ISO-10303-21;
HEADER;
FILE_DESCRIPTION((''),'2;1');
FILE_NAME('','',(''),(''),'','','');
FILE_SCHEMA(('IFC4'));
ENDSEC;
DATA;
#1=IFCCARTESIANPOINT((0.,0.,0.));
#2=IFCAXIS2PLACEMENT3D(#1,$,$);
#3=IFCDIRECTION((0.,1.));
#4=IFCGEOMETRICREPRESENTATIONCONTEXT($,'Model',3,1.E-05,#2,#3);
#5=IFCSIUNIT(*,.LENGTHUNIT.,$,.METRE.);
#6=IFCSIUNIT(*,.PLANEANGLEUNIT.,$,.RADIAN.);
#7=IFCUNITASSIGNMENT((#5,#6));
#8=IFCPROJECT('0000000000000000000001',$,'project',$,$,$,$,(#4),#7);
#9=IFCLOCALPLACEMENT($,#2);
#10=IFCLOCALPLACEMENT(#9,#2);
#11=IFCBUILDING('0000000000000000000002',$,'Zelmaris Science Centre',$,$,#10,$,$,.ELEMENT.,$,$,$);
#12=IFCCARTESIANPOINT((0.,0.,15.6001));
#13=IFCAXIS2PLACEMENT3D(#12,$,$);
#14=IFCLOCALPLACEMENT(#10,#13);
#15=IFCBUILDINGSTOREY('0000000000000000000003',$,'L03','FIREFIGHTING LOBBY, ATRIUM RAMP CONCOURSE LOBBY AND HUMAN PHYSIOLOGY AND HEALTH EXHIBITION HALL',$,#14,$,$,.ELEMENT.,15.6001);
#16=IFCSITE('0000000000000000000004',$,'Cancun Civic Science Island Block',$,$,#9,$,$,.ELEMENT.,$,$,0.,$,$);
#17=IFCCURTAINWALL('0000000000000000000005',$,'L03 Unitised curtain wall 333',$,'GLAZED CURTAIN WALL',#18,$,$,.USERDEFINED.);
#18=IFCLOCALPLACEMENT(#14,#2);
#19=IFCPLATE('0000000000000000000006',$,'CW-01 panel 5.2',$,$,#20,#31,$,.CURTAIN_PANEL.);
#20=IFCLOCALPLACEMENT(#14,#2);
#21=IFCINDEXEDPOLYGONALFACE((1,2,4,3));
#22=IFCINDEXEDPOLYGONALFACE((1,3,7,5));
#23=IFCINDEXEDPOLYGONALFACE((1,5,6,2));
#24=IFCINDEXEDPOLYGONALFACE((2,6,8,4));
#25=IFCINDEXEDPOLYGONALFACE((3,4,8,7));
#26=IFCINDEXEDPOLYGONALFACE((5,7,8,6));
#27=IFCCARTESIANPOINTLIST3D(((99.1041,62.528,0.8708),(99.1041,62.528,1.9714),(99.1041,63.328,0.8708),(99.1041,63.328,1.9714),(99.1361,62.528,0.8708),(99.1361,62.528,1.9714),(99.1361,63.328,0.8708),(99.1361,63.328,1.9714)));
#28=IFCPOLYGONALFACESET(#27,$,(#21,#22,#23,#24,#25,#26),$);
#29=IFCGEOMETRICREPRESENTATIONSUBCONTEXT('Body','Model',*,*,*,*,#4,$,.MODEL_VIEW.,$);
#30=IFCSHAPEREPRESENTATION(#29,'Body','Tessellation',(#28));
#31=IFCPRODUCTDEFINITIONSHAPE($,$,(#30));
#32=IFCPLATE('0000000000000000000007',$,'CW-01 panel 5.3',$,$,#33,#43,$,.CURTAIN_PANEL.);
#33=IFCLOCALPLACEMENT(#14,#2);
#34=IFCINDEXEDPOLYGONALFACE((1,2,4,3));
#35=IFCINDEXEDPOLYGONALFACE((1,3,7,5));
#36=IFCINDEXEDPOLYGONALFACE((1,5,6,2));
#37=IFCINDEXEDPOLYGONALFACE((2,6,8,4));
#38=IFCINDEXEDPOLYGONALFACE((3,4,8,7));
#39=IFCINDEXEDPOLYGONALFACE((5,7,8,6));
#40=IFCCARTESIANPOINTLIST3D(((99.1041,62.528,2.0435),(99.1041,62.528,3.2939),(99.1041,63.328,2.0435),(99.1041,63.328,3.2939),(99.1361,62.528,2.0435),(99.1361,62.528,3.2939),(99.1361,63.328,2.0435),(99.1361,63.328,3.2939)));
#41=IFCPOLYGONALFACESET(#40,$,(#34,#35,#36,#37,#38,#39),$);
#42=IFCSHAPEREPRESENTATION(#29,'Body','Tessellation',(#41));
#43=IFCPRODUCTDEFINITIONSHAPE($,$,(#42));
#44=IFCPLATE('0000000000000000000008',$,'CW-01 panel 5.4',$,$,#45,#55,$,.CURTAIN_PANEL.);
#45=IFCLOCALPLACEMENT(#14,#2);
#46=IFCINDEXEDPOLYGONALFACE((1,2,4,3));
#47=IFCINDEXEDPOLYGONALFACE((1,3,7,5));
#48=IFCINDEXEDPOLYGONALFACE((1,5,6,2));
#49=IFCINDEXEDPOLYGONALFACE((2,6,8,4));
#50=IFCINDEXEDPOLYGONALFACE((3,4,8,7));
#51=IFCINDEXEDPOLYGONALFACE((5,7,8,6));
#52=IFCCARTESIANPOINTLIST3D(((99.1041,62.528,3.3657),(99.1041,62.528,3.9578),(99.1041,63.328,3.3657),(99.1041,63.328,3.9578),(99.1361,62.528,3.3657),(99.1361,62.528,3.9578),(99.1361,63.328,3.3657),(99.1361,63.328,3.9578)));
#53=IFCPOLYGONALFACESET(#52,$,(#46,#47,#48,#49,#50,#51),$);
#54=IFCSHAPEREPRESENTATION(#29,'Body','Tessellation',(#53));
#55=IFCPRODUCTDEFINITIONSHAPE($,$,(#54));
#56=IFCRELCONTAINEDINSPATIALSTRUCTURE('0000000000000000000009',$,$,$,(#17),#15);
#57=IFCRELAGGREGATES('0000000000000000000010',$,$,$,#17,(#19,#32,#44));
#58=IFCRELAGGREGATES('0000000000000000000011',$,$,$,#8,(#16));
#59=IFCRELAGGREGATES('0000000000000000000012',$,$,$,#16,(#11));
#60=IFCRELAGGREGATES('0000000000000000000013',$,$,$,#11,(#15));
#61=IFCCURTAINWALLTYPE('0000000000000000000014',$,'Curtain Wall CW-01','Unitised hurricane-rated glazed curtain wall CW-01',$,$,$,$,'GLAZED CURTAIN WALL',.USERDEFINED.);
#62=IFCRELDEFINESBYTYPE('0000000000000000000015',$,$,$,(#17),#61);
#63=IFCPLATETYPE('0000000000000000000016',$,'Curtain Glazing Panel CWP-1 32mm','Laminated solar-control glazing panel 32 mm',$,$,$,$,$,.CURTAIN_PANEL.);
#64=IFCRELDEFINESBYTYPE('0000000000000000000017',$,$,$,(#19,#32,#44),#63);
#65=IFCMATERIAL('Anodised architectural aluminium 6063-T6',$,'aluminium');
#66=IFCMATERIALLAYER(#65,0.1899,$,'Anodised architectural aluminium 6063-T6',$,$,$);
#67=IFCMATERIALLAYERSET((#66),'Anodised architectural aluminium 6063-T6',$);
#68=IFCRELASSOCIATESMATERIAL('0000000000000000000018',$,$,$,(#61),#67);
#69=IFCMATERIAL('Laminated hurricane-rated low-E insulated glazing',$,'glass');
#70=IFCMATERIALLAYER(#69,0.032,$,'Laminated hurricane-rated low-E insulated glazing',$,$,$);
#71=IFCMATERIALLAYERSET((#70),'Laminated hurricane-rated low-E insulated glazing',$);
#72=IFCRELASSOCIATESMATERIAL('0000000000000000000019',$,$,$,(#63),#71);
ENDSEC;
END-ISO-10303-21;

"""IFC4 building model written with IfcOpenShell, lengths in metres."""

from ifc_helpers import new_model, si_unit, direction, frame, origin, origin_2d, place, context, subcontext, project, spatial, rectangle, extrude, material, layer, layer_set, type_object, element, aggregate, save


model = new_model("IFC4")

# Units and contexts
model_context = context("Model", 3, precision=1e-05, world=origin(), true_north=direction((0.0, 1.0)))
body_context = subcontext(model_context, "Body", "Model", "MODEL_VIEW")
ifc_project = project(units=[si_unit("LENGTHUNIT", "METRE"), si_unit("PLANEANGLEUNIT", "RADIAN")], contexts=[model_context])

# Site, building, storey
site_placement = place(None, origin())
site = spatial("IfcSite", under=ifc_project, at=site_placement, Name="Cancun Civic Science Island Block", CompositionType="ELEMENT", RefElevation=0.0)
building_placement = place(site_placement, origin())
building = spatial("IfcBuilding", under=site, at=building_placement, Name="Zelmaris Science Centre", CompositionType="ELEMENT")
storey_placement = place(building_placement, frame((0.0, 0.0, 15.6001)))
storey = spatial("IfcBuildingStorey", under=building, at=storey_placement, Name="L03", Description="FIREFIGHTING LOBBY, ATRIUM RAMP CONCOURSE LOBBY AND HUMAN PHYSIOLOGY AND HEALTH EXHIBITION HALL", CompositionType="ELEMENT", Elevation=15.6001)

# Curtain wall, plates
ifc_material_1 = material(Name="Anodised architectural aluminium 6063-T6", Category="aluminium")
ifc_layer_1 = layer(ifc_material_1, 0.1899, Name="Anodised architectural aluminium 6063-T6")
ifc_layer_set_1 = layer_set([ifc_layer_1], Name="Anodised architectural aluminium 6063-T6")
curtain_wall_type = type_object("IfcCurtainWallType", Name="Curtain Wall CW-01", Description="Unitised hurricane-rated glazed curtain wall CW-01", ElementType="GLAZED CURTAIN WALL", PredefinedType="USERDEFINED", material=ifc_layer_set_1)
curtain_wall_placement = place(storey_placement, origin())
curtain_wall = element("IfcCurtainWall", 1, at=curtain_wall_placement, inside=storey, type_object=curtain_wall_type, Name="L03 Unitised curtain wall 333", ObjectType="GLAZED CURTAIN WALL", PredefinedType="USERDEFINED")
ifc_material_2 = material(Name="Laminated hurricane-rated low-E insulated glazing", Category="glass")
ifc_layer_2 = layer(ifc_material_2, 0.032, Name="Laminated hurricane-rated low-E insulated glazing")
ifc_layer_set_2 = layer_set([ifc_layer_2], Name="Laminated hurricane-rated low-E insulated glazing")
plate_type = type_object("IfcPlateType", Name="Curtain Glazing Panel CWP-1 32mm", Description="Laminated solar-control glazing panel 32 mm", PredefinedType="CURTAIN_PANEL", material=ifc_layer_set_2)
plate_1_placement = place(storey_placement, frame((99.1201, 62.928, 0.8708), z_axis=(0.0, 0.0, 1.0), x_axis=(0.0, 1.0, 0.0)))
plate_1 = element("IfcPlate", 2, at=plate_1_placement, type_object=plate_type, Name="CW-01 panel 5.2", PredefinedType="CURTAIN_PANEL", context=body_context, shape_type="SweptSolid", body=[
    extrude(rectangle(XDim=0.8, YDim=0.032, at=origin_2d()), origin(), (0.0, 0.0, 1.0), 1.1006),
])
plate_2_placement = place(storey_placement, frame((99.1201, 62.928, 2.0435), z_axis=(0.0, 0.0, 1.0), x_axis=(0.0, 1.0, 0.0)))
plate_2 = element("IfcPlate", 3, at=plate_2_placement, type_object=plate_type, Name="CW-01 panel 5.3", PredefinedType="CURTAIN_PANEL", context=body_context, shape_type="SweptSolid", body=[
    extrude(rectangle(XDim=0.8, YDim=0.032, at=origin_2d()), origin(), (0.0, 0.0, 1.0), 1.2505),
])
plate_3_placement = place(storey_placement, frame((99.1201, 62.928, 3.3657), z_axis=(0.0, 0.0, 1.0), x_axis=(0.0, 1.0, 0.0)))
plate_3 = element("IfcPlate", 4, at=plate_3_placement, type_object=plate_type, Name="CW-01 panel 5.4", PredefinedType="CURTAIN_PANEL", context=body_context, shape_type="SweptSolid", body=[
    extrude(rectangle(XDim=0.8, YDim=0.032, at=origin_2d()), origin(), (0.0, 0.0, 1.0), 0.592),
])
aggregate(curtain_wall, [plate_1, plate_2, plate_3])

save(model, "model.ifc")
